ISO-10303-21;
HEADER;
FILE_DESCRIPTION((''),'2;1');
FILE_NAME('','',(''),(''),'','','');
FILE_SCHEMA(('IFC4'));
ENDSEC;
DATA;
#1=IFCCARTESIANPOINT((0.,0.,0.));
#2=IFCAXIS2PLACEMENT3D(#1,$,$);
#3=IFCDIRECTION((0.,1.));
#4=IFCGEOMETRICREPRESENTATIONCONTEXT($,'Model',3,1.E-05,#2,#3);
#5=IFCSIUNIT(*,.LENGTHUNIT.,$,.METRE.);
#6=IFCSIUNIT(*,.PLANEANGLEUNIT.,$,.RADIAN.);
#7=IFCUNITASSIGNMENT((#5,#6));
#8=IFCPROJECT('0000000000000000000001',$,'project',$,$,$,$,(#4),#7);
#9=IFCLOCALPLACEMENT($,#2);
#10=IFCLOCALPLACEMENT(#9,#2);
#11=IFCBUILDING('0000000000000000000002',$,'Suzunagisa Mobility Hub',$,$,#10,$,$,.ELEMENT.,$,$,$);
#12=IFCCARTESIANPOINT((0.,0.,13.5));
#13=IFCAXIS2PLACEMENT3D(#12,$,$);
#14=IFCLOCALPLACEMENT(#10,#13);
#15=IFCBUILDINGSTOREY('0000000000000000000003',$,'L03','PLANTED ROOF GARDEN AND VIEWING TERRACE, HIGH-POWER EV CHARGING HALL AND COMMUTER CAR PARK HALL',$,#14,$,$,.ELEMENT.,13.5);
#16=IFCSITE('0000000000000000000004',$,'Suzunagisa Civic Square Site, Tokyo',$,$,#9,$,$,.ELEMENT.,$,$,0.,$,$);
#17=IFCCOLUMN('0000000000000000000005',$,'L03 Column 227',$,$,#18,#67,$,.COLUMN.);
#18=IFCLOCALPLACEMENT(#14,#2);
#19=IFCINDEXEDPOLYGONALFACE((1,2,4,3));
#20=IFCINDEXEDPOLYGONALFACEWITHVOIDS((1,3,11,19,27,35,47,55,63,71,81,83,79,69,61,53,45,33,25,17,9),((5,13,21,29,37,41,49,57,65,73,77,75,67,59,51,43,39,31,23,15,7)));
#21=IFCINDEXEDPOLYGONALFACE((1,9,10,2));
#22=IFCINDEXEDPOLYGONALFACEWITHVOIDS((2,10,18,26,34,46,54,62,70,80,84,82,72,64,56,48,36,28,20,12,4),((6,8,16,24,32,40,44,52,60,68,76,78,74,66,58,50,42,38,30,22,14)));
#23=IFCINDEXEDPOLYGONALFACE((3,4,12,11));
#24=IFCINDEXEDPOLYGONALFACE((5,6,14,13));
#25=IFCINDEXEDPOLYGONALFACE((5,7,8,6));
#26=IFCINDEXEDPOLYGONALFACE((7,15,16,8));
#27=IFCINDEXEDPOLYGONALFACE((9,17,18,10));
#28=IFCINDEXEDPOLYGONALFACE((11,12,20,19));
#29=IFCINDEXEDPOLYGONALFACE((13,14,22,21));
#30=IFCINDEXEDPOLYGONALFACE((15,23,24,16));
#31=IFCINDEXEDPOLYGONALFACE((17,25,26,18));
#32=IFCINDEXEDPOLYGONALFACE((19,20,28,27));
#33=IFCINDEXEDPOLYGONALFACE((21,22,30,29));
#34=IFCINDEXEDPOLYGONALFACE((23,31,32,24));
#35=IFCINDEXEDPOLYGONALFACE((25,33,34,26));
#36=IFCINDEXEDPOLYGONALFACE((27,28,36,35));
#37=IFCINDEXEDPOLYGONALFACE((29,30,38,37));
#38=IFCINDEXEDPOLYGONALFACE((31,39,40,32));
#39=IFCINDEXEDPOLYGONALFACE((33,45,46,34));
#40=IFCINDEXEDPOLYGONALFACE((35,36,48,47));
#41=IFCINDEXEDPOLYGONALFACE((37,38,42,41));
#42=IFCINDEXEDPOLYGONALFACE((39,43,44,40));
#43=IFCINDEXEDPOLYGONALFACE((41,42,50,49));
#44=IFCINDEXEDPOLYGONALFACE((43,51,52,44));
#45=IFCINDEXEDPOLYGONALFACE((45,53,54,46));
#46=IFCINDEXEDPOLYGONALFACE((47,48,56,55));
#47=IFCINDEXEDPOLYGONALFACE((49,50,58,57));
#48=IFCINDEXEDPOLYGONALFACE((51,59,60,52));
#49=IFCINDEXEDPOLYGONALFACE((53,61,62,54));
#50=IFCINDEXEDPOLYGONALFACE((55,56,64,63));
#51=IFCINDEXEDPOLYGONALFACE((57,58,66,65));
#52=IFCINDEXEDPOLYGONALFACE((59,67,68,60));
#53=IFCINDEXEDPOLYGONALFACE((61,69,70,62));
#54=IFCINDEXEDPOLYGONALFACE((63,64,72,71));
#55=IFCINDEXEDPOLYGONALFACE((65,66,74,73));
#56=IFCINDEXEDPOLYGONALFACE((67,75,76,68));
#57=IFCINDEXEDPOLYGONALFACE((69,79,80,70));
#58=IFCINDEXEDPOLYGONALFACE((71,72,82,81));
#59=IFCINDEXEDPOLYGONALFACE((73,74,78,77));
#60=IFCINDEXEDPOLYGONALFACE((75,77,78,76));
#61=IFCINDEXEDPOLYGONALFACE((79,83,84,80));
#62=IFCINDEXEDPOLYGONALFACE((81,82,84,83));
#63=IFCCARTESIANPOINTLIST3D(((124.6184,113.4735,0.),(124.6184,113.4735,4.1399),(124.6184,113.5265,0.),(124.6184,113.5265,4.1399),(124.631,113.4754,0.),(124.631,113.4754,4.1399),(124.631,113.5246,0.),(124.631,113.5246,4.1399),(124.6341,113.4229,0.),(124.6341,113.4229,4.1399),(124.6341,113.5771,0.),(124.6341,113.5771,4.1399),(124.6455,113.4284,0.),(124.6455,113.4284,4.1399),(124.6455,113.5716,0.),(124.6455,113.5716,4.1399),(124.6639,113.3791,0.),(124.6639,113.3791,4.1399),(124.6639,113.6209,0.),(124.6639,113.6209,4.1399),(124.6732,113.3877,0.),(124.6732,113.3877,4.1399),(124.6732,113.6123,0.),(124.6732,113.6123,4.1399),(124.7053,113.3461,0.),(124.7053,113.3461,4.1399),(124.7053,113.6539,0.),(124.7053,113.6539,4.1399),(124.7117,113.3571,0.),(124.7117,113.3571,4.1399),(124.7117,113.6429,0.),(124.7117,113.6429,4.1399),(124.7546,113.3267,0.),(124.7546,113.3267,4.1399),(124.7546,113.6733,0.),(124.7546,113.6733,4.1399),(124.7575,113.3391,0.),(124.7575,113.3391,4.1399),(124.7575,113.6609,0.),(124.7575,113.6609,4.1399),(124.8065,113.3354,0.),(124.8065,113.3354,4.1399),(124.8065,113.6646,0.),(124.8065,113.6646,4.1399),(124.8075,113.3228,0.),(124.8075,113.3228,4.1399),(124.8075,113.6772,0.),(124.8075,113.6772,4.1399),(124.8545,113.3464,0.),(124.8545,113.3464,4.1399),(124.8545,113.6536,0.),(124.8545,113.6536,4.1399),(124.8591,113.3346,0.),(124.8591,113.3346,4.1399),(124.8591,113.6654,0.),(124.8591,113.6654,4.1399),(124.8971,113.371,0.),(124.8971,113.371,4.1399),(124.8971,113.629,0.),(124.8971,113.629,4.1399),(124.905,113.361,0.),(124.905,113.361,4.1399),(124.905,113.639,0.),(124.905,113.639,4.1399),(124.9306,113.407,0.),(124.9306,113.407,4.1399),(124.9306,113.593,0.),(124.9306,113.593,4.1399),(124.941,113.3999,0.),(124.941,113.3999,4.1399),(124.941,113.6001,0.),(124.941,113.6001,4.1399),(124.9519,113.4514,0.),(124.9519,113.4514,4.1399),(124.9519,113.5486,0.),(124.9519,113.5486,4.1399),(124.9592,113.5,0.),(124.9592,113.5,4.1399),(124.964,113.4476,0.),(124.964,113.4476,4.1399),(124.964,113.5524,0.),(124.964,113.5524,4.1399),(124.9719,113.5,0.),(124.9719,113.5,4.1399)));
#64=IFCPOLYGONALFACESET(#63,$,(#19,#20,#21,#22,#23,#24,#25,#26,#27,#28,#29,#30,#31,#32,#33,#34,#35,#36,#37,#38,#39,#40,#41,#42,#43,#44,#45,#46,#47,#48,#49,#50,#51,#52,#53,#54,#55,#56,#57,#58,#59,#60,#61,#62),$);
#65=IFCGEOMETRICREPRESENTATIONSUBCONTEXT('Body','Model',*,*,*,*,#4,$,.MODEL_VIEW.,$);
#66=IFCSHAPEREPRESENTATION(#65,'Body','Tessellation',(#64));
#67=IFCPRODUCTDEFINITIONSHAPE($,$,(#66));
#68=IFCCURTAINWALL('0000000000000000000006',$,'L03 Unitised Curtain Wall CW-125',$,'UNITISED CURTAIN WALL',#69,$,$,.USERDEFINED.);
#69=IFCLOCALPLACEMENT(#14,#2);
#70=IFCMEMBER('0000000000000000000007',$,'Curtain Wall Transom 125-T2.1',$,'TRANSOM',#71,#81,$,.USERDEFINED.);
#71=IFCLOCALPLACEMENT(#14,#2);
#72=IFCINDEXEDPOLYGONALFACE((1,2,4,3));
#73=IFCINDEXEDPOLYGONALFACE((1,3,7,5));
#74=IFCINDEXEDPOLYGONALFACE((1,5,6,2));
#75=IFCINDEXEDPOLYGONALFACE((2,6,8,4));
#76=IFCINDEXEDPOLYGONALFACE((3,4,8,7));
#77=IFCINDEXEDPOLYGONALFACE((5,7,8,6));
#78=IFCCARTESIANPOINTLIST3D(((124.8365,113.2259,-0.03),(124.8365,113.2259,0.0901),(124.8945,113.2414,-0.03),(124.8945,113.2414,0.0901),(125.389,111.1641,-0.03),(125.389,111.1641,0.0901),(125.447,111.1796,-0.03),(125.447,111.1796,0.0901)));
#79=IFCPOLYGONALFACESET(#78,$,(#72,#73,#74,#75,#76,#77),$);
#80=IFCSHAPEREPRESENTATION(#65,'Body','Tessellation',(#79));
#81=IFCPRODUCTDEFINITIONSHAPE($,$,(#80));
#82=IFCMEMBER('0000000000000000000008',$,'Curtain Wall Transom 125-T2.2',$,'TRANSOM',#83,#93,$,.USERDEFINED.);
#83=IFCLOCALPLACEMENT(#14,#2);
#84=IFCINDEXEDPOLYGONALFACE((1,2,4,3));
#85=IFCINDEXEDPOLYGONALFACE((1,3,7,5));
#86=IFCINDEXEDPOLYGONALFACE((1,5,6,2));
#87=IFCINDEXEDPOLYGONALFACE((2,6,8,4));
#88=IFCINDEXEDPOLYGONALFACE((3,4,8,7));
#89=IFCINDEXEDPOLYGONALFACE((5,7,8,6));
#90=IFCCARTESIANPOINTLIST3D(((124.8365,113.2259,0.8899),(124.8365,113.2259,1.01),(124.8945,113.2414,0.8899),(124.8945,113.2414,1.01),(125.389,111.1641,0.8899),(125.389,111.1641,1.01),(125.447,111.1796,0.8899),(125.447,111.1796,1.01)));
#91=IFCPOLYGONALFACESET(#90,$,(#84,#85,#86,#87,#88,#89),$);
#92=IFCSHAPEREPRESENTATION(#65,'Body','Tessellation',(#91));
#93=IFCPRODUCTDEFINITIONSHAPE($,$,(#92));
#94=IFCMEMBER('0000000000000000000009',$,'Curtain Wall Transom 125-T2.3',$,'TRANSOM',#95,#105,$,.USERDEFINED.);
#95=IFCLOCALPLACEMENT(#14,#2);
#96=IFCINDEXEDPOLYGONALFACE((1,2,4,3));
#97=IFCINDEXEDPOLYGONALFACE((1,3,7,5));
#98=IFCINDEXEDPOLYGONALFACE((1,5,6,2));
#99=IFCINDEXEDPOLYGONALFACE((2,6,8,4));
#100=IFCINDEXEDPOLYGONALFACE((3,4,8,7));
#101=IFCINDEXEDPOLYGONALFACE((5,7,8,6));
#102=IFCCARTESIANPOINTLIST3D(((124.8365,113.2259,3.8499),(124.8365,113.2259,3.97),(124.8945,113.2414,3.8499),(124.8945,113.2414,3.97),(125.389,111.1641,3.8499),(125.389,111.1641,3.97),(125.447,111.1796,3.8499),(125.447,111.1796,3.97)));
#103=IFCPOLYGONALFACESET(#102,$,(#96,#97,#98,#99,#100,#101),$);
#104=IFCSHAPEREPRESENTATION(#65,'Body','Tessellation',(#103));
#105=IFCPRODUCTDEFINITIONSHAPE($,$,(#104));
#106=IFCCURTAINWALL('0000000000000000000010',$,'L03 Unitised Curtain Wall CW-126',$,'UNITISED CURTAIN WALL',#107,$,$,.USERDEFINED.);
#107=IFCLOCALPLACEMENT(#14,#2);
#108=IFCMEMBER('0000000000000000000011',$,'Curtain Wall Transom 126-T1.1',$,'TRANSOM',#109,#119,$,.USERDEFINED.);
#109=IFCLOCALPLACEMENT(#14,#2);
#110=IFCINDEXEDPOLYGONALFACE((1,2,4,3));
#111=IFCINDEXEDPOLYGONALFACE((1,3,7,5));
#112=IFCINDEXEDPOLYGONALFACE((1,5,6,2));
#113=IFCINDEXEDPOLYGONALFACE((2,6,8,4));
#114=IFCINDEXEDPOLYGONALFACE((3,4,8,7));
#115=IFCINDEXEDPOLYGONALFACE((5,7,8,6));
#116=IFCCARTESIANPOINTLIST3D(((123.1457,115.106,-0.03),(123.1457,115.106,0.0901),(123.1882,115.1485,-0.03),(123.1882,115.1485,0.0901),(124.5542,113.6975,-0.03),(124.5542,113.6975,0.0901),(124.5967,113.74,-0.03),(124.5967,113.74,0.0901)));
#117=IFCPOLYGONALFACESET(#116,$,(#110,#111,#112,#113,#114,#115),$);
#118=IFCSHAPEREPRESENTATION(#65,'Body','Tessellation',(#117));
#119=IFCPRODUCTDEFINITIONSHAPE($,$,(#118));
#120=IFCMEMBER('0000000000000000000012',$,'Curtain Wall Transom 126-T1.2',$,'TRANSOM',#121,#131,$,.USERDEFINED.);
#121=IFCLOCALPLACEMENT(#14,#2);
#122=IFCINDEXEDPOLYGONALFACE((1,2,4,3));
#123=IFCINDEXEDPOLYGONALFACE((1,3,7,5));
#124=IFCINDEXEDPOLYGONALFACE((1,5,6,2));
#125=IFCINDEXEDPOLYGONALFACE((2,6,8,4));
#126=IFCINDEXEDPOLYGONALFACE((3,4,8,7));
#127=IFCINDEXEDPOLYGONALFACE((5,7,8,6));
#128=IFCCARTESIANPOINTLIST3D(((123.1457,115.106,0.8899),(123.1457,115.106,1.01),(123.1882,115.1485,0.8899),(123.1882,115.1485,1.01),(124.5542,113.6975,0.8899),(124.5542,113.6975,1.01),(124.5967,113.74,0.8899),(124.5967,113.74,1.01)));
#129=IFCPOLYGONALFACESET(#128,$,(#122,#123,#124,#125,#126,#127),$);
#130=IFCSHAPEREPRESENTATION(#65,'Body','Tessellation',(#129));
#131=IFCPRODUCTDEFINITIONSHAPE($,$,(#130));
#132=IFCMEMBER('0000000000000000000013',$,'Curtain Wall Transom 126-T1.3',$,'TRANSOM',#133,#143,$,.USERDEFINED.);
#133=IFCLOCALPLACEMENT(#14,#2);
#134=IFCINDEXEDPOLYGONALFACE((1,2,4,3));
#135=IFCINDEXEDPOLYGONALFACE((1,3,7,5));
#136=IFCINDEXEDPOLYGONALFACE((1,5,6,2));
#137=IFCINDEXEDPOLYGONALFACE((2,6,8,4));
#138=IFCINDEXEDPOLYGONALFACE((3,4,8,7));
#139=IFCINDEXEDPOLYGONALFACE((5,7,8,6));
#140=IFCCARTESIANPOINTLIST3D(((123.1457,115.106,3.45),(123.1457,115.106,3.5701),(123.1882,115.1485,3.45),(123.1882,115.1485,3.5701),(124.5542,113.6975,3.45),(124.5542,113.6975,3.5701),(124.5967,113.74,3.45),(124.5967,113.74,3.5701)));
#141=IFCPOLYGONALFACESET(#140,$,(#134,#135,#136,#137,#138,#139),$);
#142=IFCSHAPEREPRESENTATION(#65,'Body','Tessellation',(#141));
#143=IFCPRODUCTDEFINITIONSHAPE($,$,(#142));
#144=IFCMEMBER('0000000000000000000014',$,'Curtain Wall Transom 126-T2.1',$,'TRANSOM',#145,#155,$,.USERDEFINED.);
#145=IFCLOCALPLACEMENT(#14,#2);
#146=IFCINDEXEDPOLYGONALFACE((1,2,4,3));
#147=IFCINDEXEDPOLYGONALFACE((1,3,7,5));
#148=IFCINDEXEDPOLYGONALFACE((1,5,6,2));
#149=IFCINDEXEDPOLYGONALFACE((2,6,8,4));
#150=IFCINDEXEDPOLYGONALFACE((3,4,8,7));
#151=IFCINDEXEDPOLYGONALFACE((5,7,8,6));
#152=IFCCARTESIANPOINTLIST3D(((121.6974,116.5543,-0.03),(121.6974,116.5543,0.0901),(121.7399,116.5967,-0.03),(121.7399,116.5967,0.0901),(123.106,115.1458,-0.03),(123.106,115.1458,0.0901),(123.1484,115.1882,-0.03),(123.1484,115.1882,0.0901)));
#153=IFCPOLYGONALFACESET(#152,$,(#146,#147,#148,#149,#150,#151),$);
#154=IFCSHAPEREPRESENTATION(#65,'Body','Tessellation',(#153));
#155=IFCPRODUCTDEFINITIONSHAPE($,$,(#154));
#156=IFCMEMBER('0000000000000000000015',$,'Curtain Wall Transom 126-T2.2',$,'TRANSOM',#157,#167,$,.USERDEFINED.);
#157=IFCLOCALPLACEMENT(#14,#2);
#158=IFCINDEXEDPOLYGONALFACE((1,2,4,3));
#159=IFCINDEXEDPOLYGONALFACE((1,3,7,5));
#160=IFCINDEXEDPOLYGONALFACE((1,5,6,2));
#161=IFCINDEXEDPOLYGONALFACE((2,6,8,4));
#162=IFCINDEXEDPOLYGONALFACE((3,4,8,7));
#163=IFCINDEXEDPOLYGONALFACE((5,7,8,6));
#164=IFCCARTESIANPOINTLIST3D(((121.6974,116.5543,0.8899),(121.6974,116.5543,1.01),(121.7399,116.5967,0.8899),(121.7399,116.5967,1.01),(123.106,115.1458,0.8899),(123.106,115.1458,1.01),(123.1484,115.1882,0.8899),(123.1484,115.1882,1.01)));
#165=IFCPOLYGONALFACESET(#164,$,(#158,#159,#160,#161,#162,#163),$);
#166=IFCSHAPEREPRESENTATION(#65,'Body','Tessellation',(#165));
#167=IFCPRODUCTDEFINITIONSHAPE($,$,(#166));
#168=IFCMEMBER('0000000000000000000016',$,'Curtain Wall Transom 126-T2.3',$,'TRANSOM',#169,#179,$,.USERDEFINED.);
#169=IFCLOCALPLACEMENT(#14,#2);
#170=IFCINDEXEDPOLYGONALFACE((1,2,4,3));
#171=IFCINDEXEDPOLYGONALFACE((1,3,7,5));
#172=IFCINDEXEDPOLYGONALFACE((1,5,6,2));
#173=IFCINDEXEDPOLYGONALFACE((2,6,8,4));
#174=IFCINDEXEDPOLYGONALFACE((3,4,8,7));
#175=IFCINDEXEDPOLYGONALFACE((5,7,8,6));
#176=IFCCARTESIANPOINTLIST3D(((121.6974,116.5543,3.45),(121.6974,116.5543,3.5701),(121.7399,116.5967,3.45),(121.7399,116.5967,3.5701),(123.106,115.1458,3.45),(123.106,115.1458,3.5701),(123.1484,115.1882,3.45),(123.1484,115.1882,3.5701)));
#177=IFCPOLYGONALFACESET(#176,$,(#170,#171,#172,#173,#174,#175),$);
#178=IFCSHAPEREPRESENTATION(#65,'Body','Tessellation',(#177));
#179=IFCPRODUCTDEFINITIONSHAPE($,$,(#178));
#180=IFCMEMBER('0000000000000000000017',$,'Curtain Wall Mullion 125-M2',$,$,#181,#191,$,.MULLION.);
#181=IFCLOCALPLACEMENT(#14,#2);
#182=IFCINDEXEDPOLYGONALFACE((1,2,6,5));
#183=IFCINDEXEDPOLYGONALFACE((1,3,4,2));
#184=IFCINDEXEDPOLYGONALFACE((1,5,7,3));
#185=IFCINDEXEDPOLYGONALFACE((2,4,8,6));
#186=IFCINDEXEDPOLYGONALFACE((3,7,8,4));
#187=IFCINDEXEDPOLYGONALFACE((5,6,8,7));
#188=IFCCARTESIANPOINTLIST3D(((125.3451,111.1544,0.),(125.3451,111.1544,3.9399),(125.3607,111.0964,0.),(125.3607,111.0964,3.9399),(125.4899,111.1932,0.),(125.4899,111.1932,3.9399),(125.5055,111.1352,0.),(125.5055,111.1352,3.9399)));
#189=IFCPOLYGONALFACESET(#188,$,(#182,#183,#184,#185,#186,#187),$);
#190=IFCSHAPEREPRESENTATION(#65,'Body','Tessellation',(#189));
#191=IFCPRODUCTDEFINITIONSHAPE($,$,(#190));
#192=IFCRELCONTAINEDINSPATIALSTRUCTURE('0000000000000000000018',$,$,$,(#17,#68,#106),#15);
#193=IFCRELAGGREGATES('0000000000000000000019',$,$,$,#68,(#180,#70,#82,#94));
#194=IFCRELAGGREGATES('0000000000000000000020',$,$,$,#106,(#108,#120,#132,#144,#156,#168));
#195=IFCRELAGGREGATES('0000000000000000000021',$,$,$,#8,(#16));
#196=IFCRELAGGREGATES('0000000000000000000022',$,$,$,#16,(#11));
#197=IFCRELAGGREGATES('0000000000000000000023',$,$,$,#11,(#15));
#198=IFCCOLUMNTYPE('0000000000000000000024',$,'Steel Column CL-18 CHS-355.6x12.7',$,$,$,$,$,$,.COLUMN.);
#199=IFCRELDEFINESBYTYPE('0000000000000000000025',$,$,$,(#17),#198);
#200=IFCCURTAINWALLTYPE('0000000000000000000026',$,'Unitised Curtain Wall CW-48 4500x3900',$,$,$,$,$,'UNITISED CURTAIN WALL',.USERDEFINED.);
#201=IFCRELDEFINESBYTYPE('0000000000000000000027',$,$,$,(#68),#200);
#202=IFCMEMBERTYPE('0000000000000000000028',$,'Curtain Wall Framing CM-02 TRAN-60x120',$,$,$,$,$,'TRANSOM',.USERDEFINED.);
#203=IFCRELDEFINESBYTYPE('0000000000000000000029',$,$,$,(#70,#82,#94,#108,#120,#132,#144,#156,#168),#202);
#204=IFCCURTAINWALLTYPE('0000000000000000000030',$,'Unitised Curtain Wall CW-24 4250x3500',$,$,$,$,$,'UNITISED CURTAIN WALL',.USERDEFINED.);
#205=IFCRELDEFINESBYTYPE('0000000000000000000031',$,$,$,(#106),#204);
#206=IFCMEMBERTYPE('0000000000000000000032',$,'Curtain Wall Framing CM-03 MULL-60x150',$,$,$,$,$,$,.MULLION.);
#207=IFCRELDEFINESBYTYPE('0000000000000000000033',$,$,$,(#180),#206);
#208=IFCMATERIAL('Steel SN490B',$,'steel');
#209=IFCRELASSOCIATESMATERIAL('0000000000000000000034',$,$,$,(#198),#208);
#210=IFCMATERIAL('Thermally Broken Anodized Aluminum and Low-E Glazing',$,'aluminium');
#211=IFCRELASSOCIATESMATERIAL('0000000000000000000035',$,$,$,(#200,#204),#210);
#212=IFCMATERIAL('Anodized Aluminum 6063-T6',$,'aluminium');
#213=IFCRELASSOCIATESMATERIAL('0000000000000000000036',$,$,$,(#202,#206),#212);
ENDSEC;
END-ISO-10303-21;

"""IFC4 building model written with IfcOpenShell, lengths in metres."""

from ifc_helpers import new_model, si_unit, direction, frame, origin, origin_2d, place, context, subcontext, project, spatial, rectangle, hollow_circle, extrude, material, material_profile, profile_set, type_object, element, aggregate, save


model = new_model("IFC4")

# Units and contexts
model_context = context("Model", 3, precision=1e-05, world=origin(), true_north=direction((0.0, 1.0)))
body_context = subcontext(model_context, "Body", "Model", "MODEL_VIEW")
ifc_project = project(units=[si_unit("LENGTHUNIT", "METRE"), si_unit("PLANEANGLEUNIT", "RADIAN")], contexts=[model_context])

# Site, building, storey
site_placement = place(None, origin())
site = spatial("IfcSite", under=ifc_project, at=site_placement, Name="Suzunagisa Civic Square Site, Tokyo", CompositionType="ELEMENT", RefElevation=0.0)
building_placement = place(site_placement, origin())
building = spatial("IfcBuilding", under=site, at=building_placement, Name="Suzunagisa Mobility Hub", CompositionType="ELEMENT")
storey_placement = place(building_placement, frame((0.0, 0.0, 13.5)))
storey = spatial("IfcBuildingStorey", under=building, at=storey_placement, Name="L03", Description="PLANTED ROOF GARDEN AND VIEWING TERRACE, HIGH-POWER EV CHARGING HALL AND COMMUTER CAR PARK HALL", CompositionType="ELEMENT", Elevation=13.5)

# Column
ifc_material_1 = material(Name="Steel SN490B", Category="steel")
ifc_material_profile_1 = material_profile(ifc_material_1, hollow_circle(Radius=0.1777, WallThickness=0.0127, at=origin_2d()), Name="CHS-355.6x12.7")
ifc_profile_set_1 = profile_set([ifc_material_profile_1], Name="Steel SN490B")
column_type = type_object("IfcColumnType", Name="Steel Column CL-18 CHS-355.6x12.7", PredefinedType="COLUMN", material=ifc_profile_set_1)
column_placement = place(storey_placement, frame((124.7942, 113.5, 0.0), z_axis=(0.0, 0.0, 1.0), x_axis=(1.0, 0.0, 0.0)))
element("IfcColumn", 1, at=column_placement, inside=storey, type_object=column_type, Name="L03 Column 227", PredefinedType="COLUMN", context=body_context, shape_type="SweptSolid", body=[
    extrude(hollow_circle(Radius=0.1777, WallThickness=0.0127, at=origin_2d()), origin(), (0.0, 0.0, 1.0), 4.1399),
])

# Curtain walls, members
ifc_material_2 = material(Name="Thermally Broken Anodized Aluminum and Low-E Glazing", Category="aluminium")
curtain_wall_type_1 = type_object("IfcCurtainWallType", Name="Unitised Curtain Wall CW-48 4500x3900", ElementType="UNITISED CURTAIN WALL", PredefinedType="USERDEFINED", material=ifc_material_2)
curtain_wall_1_placement = place(storey_placement, origin())
curtain_wall_1 = element("IfcCurtainWall", 2, at=curtain_wall_1_placement, inside=storey, type_object=curtain_wall_type_1, Name="L03 Unitised Curtain Wall CW-125", ObjectType="UNITISED CURTAIN WALL", PredefinedType="USERDEFINED")
ifc_material_3 = material(Name="Anodized Aluminum 6063-T6", Category="aluminium")
ifc_material_profile_2 = material_profile(ifc_material_3, rectangle(XDim=0.0601, YDim=0.1201, at=origin_2d()), Name="TRAN-60x120")
ifc_profile_set_2 = profile_set([ifc_material_profile_2], Name="Anodized Aluminum 6063-T6")
member_type_1 = type_object("IfcMemberType", Name="Curtain Wall Framing CM-02 TRAN-60x120", ElementType="TRANSOM", PredefinedType="USERDEFINED", material=ifc_profile_set_2)
member_1_placement = place(storey_placement, frame((125.418, 111.1719, 0.03), z_axis=(-0.258837, 0.965921, 0.0), x_axis=(-0.965921, -0.258837, 0.0)))
member_1 = element("IfcMember", 3, at=member_1_placement, type_object=member_type_1, Name="Curtain Wall Transom 125-T2.1", ObjectType="TRANSOM", PredefinedType="USERDEFINED", context=body_context, shape_type="SweptSolid", body=[
    extrude(rectangle(XDim=0.0601, YDim=0.1201, at=origin_2d()), origin(), (0.0, 0.0, 1.0), 2.1345),
])
member_2_placement = place(storey_placement, frame((125.418, 111.1719, 0.95), z_axis=(-0.258837, 0.965921, 0.0), x_axis=(-0.965921, -0.258837, 0.0)))
member_2 = element("IfcMember", 4, at=member_2_placement, type_object=member_type_1, Name="Curtain Wall Transom 125-T2.2", ObjectType="TRANSOM", PredefinedType="USERDEFINED", context=body_context, shape_type="SweptSolid", body=[
    extrude(rectangle(XDim=0.0601, YDim=0.1201, at=origin_2d()), origin(), (0.0, 0.0, 1.0), 2.1345),
])
member_3_placement = place(storey_placement, frame((125.418, 111.1719, 3.9099), z_axis=(-0.258837, 0.965921, 0.0), x_axis=(-0.965921, -0.258837, 0.0)))
member_3 = element("IfcMember", 5, at=member_3_placement, type_object=member_type_1, Name="Curtain Wall Transom 125-T2.3", ObjectType="TRANSOM", PredefinedType="USERDEFINED", context=body_context, shape_type="SweptSolid", body=[
    extrude(rectangle(XDim=0.0601, YDim=0.1201, at=origin_2d()), origin(), (0.0, 0.0, 1.0), 2.1345),
])
curtain_wall_type_2 = type_object("IfcCurtainWallType", Name="Unitised Curtain Wall CW-24 4250x3500", ElementType="UNITISED CURTAIN WALL", PredefinedType="USERDEFINED", material=ifc_material_2)
curtain_wall_2_placement = place(storey_placement, origin())
curtain_wall_2 = element("IfcCurtainWall", 6, at=curtain_wall_2_placement, inside=storey, type_object=curtain_wall_type_2, Name="L03 Unitised Curtain Wall CW-126", ObjectType="UNITISED CURTAIN WALL", PredefinedType="USERDEFINED")
member_4_placement = place(storey_placement, frame((124.5754, 113.7188, 0.03), z_axis=(-0.707107, 0.707107, 0.0), x_axis=(-0.707107, -0.707107, 0.0)))
member_4 = element("IfcMember", 7, at=member_4_placement, type_object=member_type_1, Name="Curtain Wall Transom 126-T1.1", ObjectType="TRANSOM", PredefinedType="USERDEFINED", context=body_context, shape_type="SweptSolid", body=[
    extrude(rectangle(XDim=0.0601, YDim=0.1201, at=origin_2d()), origin(), (0.0, 0.0, 1.0), 1.9919),
])
member_5_placement = place(storey_placement, frame((124.5754, 113.7188, 0.95), z_axis=(-0.707107, 0.707107, 0.0), x_axis=(-0.707107, -0.707107, 0.0)))
member_5 = element("IfcMember", 8, at=member_5_placement, type_object=member_type_1, Name="Curtain Wall Transom 126-T1.2", ObjectType="TRANSOM", PredefinedType="USERDEFINED", context=body_context, shape_type="SweptSolid", body=[
    extrude(rectangle(XDim=0.0601, YDim=0.1201, at=origin_2d()), origin(), (0.0, 0.0, 1.0), 1.9919),
])
member_6_placement = place(storey_placement, frame((124.5754, 113.7188, 3.51), z_axis=(-0.707107, 0.707107, 0.0), x_axis=(-0.707107, -0.707107, 0.0)))
member_6 = element("IfcMember", 9, at=member_6_placement, type_object=member_type_1, Name="Curtain Wall Transom 126-T1.3", ObjectType="TRANSOM", PredefinedType="USERDEFINED", context=body_context, shape_type="SweptSolid", body=[
    extrude(rectangle(XDim=0.0601, YDim=0.1201, at=origin_2d()), origin(), (0.0, 0.0, 1.0), 1.9919),
])
member_7_placement = place(storey_placement, frame((123.1272, 115.167, 0.03), z_axis=(-0.707107, 0.707107, 0.0), x_axis=(-0.707107, -0.707107, 0.0)))
member_7 = element("IfcMember", 10, at=member_7_placement, type_object=member_type_1, Name="Curtain Wall Transom 126-T2.1", ObjectType="TRANSOM", PredefinedType="USERDEFINED", context=body_context, shape_type="SweptSolid", body=[
    extrude(rectangle(XDim=0.0601, YDim=0.1201, at=origin_2d()), origin(), (0.0, 0.0, 1.0), 1.9919),
])
member_8_placement = place(storey_placement, frame((123.1272, 115.167, 0.95), z_axis=(-0.707107, 0.707107, 0.0), x_axis=(-0.707107, -0.707107, 0.0)))
member_8 = element("IfcMember", 11, at=member_8_placement, type_object=member_type_1, Name="Curtain Wall Transom 126-T2.2", ObjectType="TRANSOM", PredefinedType="USERDEFINED", context=body_context, shape_type="SweptSolid", body=[
    extrude(rectangle(XDim=0.0601, YDim=0.1201, at=origin_2d()), origin(), (0.0, 0.0, 1.0), 1.9919),
])
member_9_placement = place(storey_placement, frame((123.1272, 115.167, 3.51), z_axis=(-0.707107, 0.707107, 0.0), x_axis=(-0.707107, -0.707107, 0.0)))
member_9 = element("IfcMember", 12, at=member_9_placement, type_object=member_type_1, Name="Curtain Wall Transom 126-T2.3", ObjectType="TRANSOM", PredefinedType="USERDEFINED", context=body_context, shape_type="SweptSolid", body=[
    extrude(rectangle(XDim=0.0601, YDim=0.1201, at=origin_2d()), origin(), (0.0, 0.0, 1.0), 1.9919),
])

# Member
ifc_material_profile_3 = material_profile(ifc_material_3, rectangle(XDim=0.0601, YDim=0.1499, at=origin_2d()), Name="MULL-60x150")
ifc_profile_set_3 = profile_set([ifc_material_profile_3], Name="Anodized Aluminum 6063-T6")
member_type_2 = type_object("IfcMemberType", Name="Curtain Wall Framing CM-03 MULL-60x150", PredefinedType="MULLION", material=ifc_profile_set_3)
member_10_placement = place(storey_placement, frame((125.4253, 111.1448, 0.0), z_axis=(0.0, 0.0, 1.0), x_axis=(-0.258814, 0.965927, 0.0)))
member_10 = element("IfcMember", 13, at=member_10_placement, type_object=member_type_2, Name="Curtain Wall Mullion 125-M2", PredefinedType="MULLION", context=body_context, shape_type="SweptSolid", body=[
    extrude(rectangle(XDim=0.0601, YDim=0.1499, at=origin_2d()), origin(), (0.0, 0.0, 1.0), 3.9399),
])

aggregate(curtain_wall_1, [member_10, member_1, member_2, member_3])
aggregate(curtain_wall_2, [member_4, member_5, member_6, member_7, member_8, member_9])

save(model, "model.ifc")
